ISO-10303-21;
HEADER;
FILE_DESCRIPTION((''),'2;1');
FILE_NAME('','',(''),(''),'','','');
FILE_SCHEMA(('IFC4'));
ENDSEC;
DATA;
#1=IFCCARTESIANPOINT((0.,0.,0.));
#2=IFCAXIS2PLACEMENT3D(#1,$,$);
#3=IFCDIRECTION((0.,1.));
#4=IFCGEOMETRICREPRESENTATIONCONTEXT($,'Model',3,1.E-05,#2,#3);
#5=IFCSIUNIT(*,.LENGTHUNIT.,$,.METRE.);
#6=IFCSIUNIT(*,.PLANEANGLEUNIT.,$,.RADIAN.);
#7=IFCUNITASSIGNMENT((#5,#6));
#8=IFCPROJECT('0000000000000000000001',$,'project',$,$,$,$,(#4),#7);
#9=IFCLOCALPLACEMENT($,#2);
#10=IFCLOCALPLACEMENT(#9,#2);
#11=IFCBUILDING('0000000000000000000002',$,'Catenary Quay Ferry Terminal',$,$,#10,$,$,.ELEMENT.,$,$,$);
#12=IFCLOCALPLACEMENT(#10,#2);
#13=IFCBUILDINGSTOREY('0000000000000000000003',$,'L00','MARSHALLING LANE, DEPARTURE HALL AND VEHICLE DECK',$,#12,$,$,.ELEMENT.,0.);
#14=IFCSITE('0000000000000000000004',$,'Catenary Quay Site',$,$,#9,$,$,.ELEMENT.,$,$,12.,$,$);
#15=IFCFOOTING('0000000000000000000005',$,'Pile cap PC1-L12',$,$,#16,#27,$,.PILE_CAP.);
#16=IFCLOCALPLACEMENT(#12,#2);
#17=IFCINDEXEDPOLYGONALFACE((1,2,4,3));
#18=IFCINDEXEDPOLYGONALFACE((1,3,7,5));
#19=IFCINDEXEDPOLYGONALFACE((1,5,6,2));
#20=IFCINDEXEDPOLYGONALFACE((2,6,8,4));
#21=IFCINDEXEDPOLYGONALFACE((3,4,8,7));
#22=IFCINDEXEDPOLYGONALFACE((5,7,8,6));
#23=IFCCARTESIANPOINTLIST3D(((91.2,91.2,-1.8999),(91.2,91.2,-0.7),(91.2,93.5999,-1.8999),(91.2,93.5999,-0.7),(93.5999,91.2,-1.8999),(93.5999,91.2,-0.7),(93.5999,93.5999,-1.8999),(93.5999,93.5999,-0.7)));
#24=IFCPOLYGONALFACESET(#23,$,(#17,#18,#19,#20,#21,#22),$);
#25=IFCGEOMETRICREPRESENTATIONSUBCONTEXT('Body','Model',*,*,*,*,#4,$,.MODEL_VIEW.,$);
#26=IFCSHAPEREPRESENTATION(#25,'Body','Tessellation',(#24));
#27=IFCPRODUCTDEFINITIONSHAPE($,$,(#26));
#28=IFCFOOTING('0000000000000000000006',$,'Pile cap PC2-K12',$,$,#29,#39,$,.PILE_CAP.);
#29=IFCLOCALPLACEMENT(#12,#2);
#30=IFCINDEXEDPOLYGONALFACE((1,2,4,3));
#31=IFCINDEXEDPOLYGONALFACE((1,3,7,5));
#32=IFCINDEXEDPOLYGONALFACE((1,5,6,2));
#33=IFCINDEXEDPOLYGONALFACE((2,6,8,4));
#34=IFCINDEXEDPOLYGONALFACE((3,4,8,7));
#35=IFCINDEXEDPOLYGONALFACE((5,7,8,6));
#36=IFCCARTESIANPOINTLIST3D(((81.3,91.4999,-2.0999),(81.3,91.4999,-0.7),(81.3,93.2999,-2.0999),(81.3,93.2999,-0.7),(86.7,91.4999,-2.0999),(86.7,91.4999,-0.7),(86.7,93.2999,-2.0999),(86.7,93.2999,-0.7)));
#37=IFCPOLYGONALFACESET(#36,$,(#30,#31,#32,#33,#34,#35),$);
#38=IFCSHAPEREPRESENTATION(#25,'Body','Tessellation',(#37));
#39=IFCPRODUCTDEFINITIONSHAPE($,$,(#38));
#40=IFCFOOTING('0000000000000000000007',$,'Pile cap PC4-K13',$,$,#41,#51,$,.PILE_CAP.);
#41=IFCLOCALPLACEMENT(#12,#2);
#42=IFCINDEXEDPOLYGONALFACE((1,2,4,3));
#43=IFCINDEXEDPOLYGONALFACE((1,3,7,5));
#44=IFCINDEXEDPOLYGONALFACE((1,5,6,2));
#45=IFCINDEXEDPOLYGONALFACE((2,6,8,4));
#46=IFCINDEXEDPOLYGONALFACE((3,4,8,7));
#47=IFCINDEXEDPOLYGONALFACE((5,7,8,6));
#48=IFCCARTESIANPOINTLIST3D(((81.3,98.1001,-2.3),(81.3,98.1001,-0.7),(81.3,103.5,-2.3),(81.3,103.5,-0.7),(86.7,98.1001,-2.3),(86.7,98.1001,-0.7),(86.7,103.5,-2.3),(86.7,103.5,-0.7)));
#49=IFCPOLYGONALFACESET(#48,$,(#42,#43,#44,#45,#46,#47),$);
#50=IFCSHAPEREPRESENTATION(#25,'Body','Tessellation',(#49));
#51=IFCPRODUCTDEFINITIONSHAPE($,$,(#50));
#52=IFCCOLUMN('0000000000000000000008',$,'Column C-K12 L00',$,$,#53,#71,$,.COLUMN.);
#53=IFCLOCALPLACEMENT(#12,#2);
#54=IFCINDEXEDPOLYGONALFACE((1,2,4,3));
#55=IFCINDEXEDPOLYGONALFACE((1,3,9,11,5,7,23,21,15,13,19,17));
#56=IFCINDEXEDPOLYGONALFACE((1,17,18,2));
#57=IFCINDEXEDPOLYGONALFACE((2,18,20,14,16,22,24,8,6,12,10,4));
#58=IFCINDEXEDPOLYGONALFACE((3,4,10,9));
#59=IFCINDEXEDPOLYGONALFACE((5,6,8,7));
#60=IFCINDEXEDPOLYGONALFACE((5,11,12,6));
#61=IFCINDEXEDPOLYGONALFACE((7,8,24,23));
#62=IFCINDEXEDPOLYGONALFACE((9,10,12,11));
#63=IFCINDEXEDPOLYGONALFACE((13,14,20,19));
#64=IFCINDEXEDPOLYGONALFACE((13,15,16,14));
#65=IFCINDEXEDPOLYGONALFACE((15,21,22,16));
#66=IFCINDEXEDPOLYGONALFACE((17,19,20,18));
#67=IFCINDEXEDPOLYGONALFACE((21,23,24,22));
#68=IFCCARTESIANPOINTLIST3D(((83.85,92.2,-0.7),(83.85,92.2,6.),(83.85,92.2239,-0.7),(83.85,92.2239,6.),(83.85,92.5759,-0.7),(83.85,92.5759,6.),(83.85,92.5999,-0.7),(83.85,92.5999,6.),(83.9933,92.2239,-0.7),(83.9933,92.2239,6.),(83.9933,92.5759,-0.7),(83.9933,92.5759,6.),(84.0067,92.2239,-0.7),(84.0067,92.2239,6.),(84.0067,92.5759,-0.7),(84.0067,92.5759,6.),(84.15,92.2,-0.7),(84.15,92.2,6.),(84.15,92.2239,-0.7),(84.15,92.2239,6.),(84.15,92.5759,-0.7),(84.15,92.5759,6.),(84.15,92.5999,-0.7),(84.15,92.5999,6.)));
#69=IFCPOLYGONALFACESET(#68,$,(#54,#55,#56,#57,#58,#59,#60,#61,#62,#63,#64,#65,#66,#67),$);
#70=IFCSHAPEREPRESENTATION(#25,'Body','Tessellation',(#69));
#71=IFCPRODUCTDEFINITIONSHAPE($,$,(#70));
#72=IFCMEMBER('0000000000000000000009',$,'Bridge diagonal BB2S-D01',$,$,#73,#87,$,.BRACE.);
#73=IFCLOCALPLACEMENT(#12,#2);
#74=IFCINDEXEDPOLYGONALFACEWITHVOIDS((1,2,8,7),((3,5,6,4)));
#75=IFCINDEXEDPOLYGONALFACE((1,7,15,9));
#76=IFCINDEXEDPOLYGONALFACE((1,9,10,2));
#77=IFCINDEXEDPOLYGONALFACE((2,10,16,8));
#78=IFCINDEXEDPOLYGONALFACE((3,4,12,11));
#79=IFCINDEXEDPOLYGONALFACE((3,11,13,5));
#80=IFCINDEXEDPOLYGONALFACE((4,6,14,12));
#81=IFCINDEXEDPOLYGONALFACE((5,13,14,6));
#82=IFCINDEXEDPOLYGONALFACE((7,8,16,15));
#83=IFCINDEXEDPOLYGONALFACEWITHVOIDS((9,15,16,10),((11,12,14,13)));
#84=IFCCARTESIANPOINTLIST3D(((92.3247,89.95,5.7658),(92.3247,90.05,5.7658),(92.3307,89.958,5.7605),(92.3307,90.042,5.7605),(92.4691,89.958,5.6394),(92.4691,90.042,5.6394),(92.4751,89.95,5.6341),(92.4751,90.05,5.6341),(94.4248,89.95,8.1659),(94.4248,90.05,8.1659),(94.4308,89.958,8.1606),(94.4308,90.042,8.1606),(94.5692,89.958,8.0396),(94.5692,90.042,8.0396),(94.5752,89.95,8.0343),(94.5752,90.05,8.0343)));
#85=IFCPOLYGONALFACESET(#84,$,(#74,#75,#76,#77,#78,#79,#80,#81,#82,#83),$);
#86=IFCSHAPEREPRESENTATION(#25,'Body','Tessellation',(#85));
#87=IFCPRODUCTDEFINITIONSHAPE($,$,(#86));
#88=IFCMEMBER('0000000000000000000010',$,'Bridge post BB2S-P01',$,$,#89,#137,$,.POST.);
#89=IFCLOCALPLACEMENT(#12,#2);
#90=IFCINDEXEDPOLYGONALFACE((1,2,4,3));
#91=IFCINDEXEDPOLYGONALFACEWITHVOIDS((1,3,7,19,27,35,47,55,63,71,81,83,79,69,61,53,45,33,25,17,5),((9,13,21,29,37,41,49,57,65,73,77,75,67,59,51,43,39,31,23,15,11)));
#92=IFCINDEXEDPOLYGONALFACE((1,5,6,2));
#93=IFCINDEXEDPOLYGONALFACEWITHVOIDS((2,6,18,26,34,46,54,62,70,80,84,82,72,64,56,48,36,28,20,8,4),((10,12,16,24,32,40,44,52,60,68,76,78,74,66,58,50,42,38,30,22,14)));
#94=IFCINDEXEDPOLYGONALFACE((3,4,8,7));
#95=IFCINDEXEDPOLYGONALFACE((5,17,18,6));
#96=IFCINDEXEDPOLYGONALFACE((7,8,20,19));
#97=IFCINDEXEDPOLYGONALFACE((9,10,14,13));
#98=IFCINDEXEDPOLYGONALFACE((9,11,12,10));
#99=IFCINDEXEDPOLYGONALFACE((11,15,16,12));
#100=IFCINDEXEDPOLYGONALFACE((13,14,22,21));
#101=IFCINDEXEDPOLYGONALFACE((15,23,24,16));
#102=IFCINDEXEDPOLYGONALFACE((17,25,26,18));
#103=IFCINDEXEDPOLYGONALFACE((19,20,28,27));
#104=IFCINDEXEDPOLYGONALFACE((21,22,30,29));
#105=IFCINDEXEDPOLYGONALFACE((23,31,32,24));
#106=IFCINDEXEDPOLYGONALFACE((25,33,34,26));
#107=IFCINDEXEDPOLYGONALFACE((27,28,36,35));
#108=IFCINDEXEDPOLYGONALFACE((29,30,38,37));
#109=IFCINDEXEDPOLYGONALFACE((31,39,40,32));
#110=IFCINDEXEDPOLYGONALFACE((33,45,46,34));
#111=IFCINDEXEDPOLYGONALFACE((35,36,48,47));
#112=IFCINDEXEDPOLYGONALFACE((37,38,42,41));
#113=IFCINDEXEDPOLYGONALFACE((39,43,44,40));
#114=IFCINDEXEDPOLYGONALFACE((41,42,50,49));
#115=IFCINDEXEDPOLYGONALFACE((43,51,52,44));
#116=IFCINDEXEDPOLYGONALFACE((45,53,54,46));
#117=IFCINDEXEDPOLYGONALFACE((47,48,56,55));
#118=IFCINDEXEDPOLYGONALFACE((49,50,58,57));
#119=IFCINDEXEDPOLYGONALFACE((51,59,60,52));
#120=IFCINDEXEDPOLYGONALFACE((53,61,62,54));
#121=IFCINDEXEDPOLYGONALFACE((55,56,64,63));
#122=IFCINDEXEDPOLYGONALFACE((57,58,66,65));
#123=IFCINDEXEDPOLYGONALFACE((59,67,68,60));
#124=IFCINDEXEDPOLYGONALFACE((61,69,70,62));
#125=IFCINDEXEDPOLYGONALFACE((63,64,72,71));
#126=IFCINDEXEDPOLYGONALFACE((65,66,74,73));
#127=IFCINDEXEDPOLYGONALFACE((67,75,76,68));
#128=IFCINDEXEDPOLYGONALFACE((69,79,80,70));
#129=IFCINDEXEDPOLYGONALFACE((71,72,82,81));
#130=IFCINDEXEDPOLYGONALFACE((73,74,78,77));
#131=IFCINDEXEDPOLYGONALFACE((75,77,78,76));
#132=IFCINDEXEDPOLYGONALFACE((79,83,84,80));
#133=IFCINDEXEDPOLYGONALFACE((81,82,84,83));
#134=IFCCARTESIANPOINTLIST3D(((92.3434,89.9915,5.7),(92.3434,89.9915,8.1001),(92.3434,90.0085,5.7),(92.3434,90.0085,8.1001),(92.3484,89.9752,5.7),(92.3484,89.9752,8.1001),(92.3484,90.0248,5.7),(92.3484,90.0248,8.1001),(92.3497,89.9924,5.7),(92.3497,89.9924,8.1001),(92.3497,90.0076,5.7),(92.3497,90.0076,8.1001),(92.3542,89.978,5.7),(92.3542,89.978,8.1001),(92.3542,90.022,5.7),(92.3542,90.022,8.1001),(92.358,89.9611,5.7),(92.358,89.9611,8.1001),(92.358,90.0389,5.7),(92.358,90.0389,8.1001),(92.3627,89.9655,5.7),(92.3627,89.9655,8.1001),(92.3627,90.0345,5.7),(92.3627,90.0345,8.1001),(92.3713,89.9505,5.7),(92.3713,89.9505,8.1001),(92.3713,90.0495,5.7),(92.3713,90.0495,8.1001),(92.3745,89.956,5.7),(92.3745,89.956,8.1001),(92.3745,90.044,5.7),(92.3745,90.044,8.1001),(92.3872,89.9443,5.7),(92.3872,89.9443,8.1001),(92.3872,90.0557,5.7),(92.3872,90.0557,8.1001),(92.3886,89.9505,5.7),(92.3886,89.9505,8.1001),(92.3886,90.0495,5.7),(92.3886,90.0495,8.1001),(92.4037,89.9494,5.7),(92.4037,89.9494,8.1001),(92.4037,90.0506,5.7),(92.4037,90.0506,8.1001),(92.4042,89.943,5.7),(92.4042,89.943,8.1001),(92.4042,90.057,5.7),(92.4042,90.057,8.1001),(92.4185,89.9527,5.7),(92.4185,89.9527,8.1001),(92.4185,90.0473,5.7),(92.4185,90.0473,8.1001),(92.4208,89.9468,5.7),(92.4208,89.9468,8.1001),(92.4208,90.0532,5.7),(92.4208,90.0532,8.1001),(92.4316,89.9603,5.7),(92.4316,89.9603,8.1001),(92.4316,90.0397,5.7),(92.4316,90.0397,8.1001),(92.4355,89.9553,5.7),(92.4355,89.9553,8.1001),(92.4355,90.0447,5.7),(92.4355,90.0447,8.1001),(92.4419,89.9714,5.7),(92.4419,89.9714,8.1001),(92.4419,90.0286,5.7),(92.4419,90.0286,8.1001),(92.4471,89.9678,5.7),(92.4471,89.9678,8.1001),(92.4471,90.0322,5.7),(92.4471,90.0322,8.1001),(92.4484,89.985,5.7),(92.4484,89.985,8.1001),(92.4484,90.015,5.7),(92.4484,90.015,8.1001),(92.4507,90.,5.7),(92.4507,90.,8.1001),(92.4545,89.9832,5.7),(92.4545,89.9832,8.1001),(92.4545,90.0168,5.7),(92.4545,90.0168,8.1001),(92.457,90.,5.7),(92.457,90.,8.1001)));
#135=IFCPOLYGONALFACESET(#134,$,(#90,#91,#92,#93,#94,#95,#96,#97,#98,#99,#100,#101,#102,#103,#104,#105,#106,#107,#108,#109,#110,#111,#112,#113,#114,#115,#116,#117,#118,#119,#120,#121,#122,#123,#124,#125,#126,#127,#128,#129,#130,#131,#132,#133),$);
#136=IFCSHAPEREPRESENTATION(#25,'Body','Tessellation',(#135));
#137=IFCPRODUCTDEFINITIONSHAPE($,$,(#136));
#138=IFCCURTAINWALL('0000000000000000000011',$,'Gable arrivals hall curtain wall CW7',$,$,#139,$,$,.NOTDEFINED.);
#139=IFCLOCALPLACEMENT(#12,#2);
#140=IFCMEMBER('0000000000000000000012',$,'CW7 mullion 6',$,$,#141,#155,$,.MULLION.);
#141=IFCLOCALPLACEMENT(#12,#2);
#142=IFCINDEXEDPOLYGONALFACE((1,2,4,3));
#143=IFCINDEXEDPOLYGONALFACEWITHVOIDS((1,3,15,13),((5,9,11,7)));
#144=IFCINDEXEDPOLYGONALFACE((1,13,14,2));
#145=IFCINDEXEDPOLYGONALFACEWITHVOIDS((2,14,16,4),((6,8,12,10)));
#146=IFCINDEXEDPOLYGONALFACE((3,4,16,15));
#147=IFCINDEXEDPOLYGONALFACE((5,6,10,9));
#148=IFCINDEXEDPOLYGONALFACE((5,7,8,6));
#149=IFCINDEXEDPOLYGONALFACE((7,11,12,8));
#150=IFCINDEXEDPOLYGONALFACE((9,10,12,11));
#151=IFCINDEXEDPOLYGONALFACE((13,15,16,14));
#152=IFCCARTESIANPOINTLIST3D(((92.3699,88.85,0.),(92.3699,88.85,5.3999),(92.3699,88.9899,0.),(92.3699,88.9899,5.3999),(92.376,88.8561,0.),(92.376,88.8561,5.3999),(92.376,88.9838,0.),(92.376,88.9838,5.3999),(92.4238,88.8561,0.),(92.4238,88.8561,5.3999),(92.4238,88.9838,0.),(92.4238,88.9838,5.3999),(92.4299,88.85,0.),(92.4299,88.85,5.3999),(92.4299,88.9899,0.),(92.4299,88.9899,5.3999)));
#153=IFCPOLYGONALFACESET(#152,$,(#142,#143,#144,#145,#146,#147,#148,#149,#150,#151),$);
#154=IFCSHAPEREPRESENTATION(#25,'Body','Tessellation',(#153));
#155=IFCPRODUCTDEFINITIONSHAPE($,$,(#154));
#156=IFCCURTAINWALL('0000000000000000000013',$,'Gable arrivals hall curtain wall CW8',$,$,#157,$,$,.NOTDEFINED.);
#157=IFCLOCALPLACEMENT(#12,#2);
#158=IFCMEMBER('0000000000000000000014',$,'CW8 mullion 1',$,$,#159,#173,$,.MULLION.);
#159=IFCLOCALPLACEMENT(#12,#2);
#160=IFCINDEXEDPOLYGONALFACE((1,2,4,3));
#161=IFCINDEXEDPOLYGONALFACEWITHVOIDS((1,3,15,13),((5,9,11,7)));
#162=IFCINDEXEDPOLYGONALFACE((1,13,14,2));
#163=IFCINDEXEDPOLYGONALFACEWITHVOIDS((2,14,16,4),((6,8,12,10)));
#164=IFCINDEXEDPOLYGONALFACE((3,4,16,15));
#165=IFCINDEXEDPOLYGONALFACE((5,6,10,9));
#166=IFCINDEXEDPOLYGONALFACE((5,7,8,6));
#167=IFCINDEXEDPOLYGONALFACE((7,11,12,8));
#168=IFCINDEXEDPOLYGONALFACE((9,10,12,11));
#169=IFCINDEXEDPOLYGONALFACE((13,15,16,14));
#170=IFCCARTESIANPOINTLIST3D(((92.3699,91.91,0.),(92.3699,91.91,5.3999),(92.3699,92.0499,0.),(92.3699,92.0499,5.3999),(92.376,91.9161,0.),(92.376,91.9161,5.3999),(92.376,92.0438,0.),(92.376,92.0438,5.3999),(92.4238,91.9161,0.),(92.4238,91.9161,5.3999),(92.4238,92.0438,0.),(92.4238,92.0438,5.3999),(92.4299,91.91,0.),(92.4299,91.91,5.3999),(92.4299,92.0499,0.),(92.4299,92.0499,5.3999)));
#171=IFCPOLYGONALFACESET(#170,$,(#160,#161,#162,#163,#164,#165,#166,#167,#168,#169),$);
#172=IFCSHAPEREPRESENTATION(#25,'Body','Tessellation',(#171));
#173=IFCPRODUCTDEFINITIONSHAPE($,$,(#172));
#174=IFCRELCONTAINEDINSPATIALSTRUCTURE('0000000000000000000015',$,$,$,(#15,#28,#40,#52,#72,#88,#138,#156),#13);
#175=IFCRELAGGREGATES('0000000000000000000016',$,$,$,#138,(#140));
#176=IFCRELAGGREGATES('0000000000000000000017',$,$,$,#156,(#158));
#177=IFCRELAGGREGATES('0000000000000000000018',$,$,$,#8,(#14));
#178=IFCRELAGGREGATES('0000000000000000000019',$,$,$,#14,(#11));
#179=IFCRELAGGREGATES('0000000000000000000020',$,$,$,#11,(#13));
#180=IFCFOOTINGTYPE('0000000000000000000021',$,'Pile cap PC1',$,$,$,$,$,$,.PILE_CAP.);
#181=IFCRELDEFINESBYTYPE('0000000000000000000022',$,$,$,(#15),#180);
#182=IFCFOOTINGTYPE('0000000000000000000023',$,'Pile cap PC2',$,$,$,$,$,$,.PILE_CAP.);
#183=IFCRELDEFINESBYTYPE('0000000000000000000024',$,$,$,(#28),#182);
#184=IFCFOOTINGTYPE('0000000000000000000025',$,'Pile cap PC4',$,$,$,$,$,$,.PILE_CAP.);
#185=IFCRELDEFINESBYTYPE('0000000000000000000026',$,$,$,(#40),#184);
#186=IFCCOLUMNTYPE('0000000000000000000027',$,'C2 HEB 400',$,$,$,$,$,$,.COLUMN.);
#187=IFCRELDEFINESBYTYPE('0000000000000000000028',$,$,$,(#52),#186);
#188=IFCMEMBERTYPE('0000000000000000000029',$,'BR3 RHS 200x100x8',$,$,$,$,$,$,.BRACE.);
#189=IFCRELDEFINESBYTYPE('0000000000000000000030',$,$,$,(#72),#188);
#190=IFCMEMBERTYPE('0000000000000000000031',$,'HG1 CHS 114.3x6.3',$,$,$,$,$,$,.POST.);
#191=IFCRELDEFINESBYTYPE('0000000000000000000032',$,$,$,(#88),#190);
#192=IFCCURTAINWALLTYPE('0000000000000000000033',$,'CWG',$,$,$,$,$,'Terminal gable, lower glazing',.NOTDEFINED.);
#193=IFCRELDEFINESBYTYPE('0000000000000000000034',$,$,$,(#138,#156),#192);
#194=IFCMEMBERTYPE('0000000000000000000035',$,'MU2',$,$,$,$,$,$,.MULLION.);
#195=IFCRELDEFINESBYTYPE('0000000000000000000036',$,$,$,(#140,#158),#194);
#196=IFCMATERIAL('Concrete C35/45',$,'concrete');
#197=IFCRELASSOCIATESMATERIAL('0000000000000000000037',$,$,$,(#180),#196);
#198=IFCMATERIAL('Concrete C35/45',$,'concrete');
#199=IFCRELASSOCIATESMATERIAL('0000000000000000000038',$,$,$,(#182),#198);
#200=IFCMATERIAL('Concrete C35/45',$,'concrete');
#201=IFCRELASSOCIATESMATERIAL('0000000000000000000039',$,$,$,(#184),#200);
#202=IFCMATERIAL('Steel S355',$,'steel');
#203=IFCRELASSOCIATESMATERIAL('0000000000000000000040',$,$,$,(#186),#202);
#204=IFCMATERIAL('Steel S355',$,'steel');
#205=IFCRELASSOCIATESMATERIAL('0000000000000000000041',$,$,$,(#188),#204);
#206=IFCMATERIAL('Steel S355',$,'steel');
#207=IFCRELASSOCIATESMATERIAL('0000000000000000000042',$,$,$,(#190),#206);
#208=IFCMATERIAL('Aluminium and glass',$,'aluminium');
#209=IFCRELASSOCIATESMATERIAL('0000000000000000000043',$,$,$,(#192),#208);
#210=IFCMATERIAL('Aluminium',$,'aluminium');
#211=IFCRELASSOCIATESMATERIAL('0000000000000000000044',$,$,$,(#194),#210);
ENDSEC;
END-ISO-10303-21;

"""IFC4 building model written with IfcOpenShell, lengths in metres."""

from ifc_helpers import new_model, si_unit, direction, frame, origin, origin_2d, place, context, subcontext, project, spatial, rectangle, hollow_rectangle, hollow_circle, i_section, extrude, material, material_profile, profile_set, type_object, element, aggregate, save


model = new_model("IFC4")

# Units and contexts
model_context = context("Model", 3, precision=1e-05, world=origin(), true_north=direction((0.0, 1.0)))
body_context = subcontext(model_context, "Body", "Model", "MODEL_VIEW")
ifc_project = project(units=[si_unit("LENGTHUNIT", "METRE"), si_unit("PLANEANGLEUNIT", "RADIAN")], contexts=[model_context])

# Site, building, storey
site_placement = place(None, origin())
site = spatial("IfcSite", under=ifc_project, at=site_placement, Name="Catenary Quay Site", CompositionType="ELEMENT", RefElevation=12.0)
building_placement = place(site_placement, origin())
building = spatial("IfcBuilding", under=site, at=building_placement, Name="Catenary Quay Ferry Terminal", CompositionType="ELEMENT")
storey_placement = place(building_placement, origin())
storey = spatial("IfcBuildingStorey", under=building, at=storey_placement, Name="L00", Description="MARSHALLING LANE, DEPARTURE HALL AND VEHICLE DECK", CompositionType="ELEMENT", Elevation=0.0)

# Footings
ifc_material_1 = material(Name="Concrete C35/45", Category="concrete")
footing_type_1 = type_object("IfcFootingType", Name="Pile cap PC1", PredefinedType="PILE_CAP", material=ifc_material_1)
footing_1_placement = place(storey_placement, frame((92.3999, 92.3999, -1.8999), z_axis=(0.0, 0.0, 1.0), x_axis=(1.0, 0.0, 0.0)))
element("IfcFooting", 1, at=footing_1_placement, inside=storey, type_object=footing_type_1, Name="Pile cap PC1-L12", PredefinedType="PILE_CAP", context=body_context, shape_type="SweptSolid", body=[
    extrude(rectangle(XDim=2.3999, YDim=2.3999, at=origin_2d()), origin(), (0.0, 0.0, 1.0), 1.2),
])
ifc_material_2 = material(Name="Concrete C35/45", Category="concrete")
footing_type_2 = type_object("IfcFootingType", Name="Pile cap PC2", PredefinedType="PILE_CAP", material=ifc_material_2)
footing_2_placement = place(storey_placement, frame((84.0, 92.3999, -2.0999), z_axis=(0.0, 0.0, 1.0), x_axis=(1.0, 0.0, 0.0)))
element("IfcFooting", 2, at=footing_2_placement, inside=storey, type_object=footing_type_2, Name="Pile cap PC2-K12", PredefinedType="PILE_CAP", context=body_context, shape_type="SweptSolid", body=[
    extrude(rectangle(XDim=5.3999, YDim=1.8, at=origin_2d()), origin(), (0.0, 0.0, 1.0), 1.3999),
])
ifc_material_3 = material(Name="Concrete C35/45", Category="concrete")
footing_type_3 = type_object("IfcFootingType", Name="Pile cap PC4", PredefinedType="PILE_CAP", material=ifc_material_3)
footing_3_placement = place(storey_placement, frame((84.0, 100.8, -2.3), z_axis=(0.0, 0.0, 1.0), x_axis=(1.0, 0.0, 0.0)))
element("IfcFooting", 3, at=footing_3_placement, inside=storey, type_object=footing_type_3, Name="Pile cap PC4-K13", PredefinedType="PILE_CAP", context=body_context, shape_type="SweptSolid", body=[
    extrude(rectangle(XDim=5.3999, YDim=5.3999, at=origin_2d()), origin(), (0.0, 0.0, 1.0), 1.6001),
])

# Column
ifc_material_4 = material(Name="Steel S355", Category="steel")
ifc_material_profile_1 = material_profile(ifc_material_4, i_section(OverallWidth=0.3, OverallDepth=0.3999, WebThickness=0.0134, FlangeThickness=0.0239, at=origin_2d()), Name="HEB 400")
ifc_profile_set_1 = profile_set([ifc_material_profile_1], Name="Steel S355")
column_type = type_object("IfcColumnType", Name="C2 HEB 400", PredefinedType="COLUMN", material=ifc_profile_set_1)
column_placement = place(storey_placement, frame((84.0, 92.3999, -0.7), z_axis=(0.0, 0.0, 1.0), x_axis=(1.0, 0.0, 0.0)))
element("IfcColumn", 4, at=column_placement, inside=storey, type_object=column_type, Name="Column C-K12 L00", PredefinedType="COLUMN", context=body_context, shape_type="SweptSolid", body=[
    extrude(i_section(OverallWidth=0.3, OverallDepth=0.3999, WebThickness=0.0134, FlangeThickness=0.0239, at=origin_2d()), origin(), (0.0, 0.0, 1.0), 6.7),
])

# Members
ifc_material_5 = material(Name="Steel S355", Category="steel")
ifc_material_profile_2 = material_profile(ifc_material_5, hollow_rectangle(XDim=0.1001, YDim=0.2, WallThickness=0.0081, at=origin_2d()), Name="RHS 200x100x8")
ifc_profile_set_2 = profile_set([ifc_material_profile_2], Name="Steel S355")
member_type_1 = type_object("IfcMemberType", Name="BR3 RHS 200x100x8", PredefinedType="BRACE", material=ifc_profile_set_2)
member_1_placement = place(storey_placement, frame((92.3999, 90.0, 5.7), z_axis=(0.658499, 0.0, 0.752581), x_axis=(0.0, 1.0, 0.0)))
element("IfcMember", 5, at=member_1_placement, inside=storey, type_object=member_type_1, Name="Bridge diagonal BB2S-D01", PredefinedType="BRACE", context=body_context, shape_type="SweptSolid", body=[
    extrude(hollow_rectangle(XDim=0.1001, YDim=0.2, WallThickness=0.0081, at=origin_2d()), origin(), (0.0, 0.0, 1.0), 3.1892),
])
ifc_material_6 = material(Name="Steel S355", Category="steel")
ifc_material_profile_3 = material_profile(ifc_material_6, hollow_circle(Radius=0.0571, WallThickness=0.0063, at=origin_2d()), Name="CHS 114.3x6.3")
ifc_profile_set_3 = profile_set([ifc_material_profile_3], Name="Steel S355")
member_type_2 = type_object("IfcMemberType", Name="HG1 CHS 114.3x6.3", PredefinedType="POST", material=ifc_profile_set_3)
member_2_placement = place(storey_placement, frame((92.3999, 90.0, 5.7), z_axis=(0.0, 0.0, 1.0), x_axis=(1.0, 0.0, 0.0)))
element("IfcMember", 6, at=member_2_placement, inside=storey, type_object=member_type_2, Name="Bridge post BB2S-P01", PredefinedType="POST", context=body_context, shape_type="SweptSolid", body=[
    extrude(hollow_circle(Radius=0.0571, WallThickness=0.0063, at=origin_2d()), origin(), (0.0, 0.0, 1.0), 2.4001),
])

# Curtain wall, member
ifc_material_7 = material(Name="Aluminium and glass", Category="aluminium")
curtain_wall_type_1 = type_object("IfcCurtainWallType", Name="CWG", ElementType="Terminal gable, lower glazing", PredefinedType="NOTDEFINED", material=ifc_material_7)
curtain_wall_1_placement = place(storey_placement, origin())
curtain_wall_1 = element("IfcCurtainWall", 7, at=curtain_wall_1_placement, inside=storey, type_object=curtain_wall_type_1, Name="Gable arrivals hall curtain wall CW7", PredefinedType="NOTDEFINED")
ifc_material_8 = material(Name="Aluminium", Category="aluminium")
ifc_material_profile_4 = material_profile(ifc_material_8, hollow_rectangle(XDim=0.0601, YDim=0.1399, WallThickness=0.0061, at=origin_2d()), Name="MU2")
ifc_profile_set_4 = profile_set([ifc_material_profile_4], Name="Aluminium")
member_type_3 = type_object("IfcMemberType", Name="MU2", PredefinedType="MULLION", material=ifc_profile_set_4)
member_3_placement = place(storey_placement, frame((92.3999, 88.9199, 0.0), z_axis=(0.0, 0.0, 1.0), x_axis=(-1.0, 0.0, 0.0)))
member_3 = element("IfcMember", 8, at=member_3_placement, type_object=member_type_3, Name="CW7 mullion 6", PredefinedType="MULLION", context=body_context, shape_type="SweptSolid", body=[
    extrude(hollow_rectangle(XDim=0.0601, YDim=0.1399, WallThickness=0.0061, at=origin_2d()), origin(), (0.0, 0.0, 1.0), 5.3999),
])
aggregate(curtain_wall_1, [member_3])

# Curtain wall, member
curtain_wall_2_placement = place(storey_placement, origin())
curtain_wall_2 = element("IfcCurtainWall", 9, at=curtain_wall_2_placement, inside=storey, type_object=curtain_wall_type_1, Name="Gable arrivals hall curtain wall CW8", PredefinedType="NOTDEFINED")
member_4_placement = place(storey_placement, frame((92.3999, 91.98, 0.0), z_axis=(0.0, 0.0, 1.0), x_axis=(-1.0, 0.0, 0.0)))
member_4 = element("IfcMember", 10, at=member_4_placement, type_object=member_type_3, Name="CW8 mullion 1", PredefinedType="MULLION", context=body_context, shape_type="SweptSolid", body=[
    extrude(hollow_rectangle(XDim=0.0601, YDim=0.1399, WallThickness=0.0061, at=origin_2d()), origin(), (0.0, 0.0, 1.0), 5.3999),
])

aggregate(curtain_wall_2, [member_4])

save(model, "model.ifc")
